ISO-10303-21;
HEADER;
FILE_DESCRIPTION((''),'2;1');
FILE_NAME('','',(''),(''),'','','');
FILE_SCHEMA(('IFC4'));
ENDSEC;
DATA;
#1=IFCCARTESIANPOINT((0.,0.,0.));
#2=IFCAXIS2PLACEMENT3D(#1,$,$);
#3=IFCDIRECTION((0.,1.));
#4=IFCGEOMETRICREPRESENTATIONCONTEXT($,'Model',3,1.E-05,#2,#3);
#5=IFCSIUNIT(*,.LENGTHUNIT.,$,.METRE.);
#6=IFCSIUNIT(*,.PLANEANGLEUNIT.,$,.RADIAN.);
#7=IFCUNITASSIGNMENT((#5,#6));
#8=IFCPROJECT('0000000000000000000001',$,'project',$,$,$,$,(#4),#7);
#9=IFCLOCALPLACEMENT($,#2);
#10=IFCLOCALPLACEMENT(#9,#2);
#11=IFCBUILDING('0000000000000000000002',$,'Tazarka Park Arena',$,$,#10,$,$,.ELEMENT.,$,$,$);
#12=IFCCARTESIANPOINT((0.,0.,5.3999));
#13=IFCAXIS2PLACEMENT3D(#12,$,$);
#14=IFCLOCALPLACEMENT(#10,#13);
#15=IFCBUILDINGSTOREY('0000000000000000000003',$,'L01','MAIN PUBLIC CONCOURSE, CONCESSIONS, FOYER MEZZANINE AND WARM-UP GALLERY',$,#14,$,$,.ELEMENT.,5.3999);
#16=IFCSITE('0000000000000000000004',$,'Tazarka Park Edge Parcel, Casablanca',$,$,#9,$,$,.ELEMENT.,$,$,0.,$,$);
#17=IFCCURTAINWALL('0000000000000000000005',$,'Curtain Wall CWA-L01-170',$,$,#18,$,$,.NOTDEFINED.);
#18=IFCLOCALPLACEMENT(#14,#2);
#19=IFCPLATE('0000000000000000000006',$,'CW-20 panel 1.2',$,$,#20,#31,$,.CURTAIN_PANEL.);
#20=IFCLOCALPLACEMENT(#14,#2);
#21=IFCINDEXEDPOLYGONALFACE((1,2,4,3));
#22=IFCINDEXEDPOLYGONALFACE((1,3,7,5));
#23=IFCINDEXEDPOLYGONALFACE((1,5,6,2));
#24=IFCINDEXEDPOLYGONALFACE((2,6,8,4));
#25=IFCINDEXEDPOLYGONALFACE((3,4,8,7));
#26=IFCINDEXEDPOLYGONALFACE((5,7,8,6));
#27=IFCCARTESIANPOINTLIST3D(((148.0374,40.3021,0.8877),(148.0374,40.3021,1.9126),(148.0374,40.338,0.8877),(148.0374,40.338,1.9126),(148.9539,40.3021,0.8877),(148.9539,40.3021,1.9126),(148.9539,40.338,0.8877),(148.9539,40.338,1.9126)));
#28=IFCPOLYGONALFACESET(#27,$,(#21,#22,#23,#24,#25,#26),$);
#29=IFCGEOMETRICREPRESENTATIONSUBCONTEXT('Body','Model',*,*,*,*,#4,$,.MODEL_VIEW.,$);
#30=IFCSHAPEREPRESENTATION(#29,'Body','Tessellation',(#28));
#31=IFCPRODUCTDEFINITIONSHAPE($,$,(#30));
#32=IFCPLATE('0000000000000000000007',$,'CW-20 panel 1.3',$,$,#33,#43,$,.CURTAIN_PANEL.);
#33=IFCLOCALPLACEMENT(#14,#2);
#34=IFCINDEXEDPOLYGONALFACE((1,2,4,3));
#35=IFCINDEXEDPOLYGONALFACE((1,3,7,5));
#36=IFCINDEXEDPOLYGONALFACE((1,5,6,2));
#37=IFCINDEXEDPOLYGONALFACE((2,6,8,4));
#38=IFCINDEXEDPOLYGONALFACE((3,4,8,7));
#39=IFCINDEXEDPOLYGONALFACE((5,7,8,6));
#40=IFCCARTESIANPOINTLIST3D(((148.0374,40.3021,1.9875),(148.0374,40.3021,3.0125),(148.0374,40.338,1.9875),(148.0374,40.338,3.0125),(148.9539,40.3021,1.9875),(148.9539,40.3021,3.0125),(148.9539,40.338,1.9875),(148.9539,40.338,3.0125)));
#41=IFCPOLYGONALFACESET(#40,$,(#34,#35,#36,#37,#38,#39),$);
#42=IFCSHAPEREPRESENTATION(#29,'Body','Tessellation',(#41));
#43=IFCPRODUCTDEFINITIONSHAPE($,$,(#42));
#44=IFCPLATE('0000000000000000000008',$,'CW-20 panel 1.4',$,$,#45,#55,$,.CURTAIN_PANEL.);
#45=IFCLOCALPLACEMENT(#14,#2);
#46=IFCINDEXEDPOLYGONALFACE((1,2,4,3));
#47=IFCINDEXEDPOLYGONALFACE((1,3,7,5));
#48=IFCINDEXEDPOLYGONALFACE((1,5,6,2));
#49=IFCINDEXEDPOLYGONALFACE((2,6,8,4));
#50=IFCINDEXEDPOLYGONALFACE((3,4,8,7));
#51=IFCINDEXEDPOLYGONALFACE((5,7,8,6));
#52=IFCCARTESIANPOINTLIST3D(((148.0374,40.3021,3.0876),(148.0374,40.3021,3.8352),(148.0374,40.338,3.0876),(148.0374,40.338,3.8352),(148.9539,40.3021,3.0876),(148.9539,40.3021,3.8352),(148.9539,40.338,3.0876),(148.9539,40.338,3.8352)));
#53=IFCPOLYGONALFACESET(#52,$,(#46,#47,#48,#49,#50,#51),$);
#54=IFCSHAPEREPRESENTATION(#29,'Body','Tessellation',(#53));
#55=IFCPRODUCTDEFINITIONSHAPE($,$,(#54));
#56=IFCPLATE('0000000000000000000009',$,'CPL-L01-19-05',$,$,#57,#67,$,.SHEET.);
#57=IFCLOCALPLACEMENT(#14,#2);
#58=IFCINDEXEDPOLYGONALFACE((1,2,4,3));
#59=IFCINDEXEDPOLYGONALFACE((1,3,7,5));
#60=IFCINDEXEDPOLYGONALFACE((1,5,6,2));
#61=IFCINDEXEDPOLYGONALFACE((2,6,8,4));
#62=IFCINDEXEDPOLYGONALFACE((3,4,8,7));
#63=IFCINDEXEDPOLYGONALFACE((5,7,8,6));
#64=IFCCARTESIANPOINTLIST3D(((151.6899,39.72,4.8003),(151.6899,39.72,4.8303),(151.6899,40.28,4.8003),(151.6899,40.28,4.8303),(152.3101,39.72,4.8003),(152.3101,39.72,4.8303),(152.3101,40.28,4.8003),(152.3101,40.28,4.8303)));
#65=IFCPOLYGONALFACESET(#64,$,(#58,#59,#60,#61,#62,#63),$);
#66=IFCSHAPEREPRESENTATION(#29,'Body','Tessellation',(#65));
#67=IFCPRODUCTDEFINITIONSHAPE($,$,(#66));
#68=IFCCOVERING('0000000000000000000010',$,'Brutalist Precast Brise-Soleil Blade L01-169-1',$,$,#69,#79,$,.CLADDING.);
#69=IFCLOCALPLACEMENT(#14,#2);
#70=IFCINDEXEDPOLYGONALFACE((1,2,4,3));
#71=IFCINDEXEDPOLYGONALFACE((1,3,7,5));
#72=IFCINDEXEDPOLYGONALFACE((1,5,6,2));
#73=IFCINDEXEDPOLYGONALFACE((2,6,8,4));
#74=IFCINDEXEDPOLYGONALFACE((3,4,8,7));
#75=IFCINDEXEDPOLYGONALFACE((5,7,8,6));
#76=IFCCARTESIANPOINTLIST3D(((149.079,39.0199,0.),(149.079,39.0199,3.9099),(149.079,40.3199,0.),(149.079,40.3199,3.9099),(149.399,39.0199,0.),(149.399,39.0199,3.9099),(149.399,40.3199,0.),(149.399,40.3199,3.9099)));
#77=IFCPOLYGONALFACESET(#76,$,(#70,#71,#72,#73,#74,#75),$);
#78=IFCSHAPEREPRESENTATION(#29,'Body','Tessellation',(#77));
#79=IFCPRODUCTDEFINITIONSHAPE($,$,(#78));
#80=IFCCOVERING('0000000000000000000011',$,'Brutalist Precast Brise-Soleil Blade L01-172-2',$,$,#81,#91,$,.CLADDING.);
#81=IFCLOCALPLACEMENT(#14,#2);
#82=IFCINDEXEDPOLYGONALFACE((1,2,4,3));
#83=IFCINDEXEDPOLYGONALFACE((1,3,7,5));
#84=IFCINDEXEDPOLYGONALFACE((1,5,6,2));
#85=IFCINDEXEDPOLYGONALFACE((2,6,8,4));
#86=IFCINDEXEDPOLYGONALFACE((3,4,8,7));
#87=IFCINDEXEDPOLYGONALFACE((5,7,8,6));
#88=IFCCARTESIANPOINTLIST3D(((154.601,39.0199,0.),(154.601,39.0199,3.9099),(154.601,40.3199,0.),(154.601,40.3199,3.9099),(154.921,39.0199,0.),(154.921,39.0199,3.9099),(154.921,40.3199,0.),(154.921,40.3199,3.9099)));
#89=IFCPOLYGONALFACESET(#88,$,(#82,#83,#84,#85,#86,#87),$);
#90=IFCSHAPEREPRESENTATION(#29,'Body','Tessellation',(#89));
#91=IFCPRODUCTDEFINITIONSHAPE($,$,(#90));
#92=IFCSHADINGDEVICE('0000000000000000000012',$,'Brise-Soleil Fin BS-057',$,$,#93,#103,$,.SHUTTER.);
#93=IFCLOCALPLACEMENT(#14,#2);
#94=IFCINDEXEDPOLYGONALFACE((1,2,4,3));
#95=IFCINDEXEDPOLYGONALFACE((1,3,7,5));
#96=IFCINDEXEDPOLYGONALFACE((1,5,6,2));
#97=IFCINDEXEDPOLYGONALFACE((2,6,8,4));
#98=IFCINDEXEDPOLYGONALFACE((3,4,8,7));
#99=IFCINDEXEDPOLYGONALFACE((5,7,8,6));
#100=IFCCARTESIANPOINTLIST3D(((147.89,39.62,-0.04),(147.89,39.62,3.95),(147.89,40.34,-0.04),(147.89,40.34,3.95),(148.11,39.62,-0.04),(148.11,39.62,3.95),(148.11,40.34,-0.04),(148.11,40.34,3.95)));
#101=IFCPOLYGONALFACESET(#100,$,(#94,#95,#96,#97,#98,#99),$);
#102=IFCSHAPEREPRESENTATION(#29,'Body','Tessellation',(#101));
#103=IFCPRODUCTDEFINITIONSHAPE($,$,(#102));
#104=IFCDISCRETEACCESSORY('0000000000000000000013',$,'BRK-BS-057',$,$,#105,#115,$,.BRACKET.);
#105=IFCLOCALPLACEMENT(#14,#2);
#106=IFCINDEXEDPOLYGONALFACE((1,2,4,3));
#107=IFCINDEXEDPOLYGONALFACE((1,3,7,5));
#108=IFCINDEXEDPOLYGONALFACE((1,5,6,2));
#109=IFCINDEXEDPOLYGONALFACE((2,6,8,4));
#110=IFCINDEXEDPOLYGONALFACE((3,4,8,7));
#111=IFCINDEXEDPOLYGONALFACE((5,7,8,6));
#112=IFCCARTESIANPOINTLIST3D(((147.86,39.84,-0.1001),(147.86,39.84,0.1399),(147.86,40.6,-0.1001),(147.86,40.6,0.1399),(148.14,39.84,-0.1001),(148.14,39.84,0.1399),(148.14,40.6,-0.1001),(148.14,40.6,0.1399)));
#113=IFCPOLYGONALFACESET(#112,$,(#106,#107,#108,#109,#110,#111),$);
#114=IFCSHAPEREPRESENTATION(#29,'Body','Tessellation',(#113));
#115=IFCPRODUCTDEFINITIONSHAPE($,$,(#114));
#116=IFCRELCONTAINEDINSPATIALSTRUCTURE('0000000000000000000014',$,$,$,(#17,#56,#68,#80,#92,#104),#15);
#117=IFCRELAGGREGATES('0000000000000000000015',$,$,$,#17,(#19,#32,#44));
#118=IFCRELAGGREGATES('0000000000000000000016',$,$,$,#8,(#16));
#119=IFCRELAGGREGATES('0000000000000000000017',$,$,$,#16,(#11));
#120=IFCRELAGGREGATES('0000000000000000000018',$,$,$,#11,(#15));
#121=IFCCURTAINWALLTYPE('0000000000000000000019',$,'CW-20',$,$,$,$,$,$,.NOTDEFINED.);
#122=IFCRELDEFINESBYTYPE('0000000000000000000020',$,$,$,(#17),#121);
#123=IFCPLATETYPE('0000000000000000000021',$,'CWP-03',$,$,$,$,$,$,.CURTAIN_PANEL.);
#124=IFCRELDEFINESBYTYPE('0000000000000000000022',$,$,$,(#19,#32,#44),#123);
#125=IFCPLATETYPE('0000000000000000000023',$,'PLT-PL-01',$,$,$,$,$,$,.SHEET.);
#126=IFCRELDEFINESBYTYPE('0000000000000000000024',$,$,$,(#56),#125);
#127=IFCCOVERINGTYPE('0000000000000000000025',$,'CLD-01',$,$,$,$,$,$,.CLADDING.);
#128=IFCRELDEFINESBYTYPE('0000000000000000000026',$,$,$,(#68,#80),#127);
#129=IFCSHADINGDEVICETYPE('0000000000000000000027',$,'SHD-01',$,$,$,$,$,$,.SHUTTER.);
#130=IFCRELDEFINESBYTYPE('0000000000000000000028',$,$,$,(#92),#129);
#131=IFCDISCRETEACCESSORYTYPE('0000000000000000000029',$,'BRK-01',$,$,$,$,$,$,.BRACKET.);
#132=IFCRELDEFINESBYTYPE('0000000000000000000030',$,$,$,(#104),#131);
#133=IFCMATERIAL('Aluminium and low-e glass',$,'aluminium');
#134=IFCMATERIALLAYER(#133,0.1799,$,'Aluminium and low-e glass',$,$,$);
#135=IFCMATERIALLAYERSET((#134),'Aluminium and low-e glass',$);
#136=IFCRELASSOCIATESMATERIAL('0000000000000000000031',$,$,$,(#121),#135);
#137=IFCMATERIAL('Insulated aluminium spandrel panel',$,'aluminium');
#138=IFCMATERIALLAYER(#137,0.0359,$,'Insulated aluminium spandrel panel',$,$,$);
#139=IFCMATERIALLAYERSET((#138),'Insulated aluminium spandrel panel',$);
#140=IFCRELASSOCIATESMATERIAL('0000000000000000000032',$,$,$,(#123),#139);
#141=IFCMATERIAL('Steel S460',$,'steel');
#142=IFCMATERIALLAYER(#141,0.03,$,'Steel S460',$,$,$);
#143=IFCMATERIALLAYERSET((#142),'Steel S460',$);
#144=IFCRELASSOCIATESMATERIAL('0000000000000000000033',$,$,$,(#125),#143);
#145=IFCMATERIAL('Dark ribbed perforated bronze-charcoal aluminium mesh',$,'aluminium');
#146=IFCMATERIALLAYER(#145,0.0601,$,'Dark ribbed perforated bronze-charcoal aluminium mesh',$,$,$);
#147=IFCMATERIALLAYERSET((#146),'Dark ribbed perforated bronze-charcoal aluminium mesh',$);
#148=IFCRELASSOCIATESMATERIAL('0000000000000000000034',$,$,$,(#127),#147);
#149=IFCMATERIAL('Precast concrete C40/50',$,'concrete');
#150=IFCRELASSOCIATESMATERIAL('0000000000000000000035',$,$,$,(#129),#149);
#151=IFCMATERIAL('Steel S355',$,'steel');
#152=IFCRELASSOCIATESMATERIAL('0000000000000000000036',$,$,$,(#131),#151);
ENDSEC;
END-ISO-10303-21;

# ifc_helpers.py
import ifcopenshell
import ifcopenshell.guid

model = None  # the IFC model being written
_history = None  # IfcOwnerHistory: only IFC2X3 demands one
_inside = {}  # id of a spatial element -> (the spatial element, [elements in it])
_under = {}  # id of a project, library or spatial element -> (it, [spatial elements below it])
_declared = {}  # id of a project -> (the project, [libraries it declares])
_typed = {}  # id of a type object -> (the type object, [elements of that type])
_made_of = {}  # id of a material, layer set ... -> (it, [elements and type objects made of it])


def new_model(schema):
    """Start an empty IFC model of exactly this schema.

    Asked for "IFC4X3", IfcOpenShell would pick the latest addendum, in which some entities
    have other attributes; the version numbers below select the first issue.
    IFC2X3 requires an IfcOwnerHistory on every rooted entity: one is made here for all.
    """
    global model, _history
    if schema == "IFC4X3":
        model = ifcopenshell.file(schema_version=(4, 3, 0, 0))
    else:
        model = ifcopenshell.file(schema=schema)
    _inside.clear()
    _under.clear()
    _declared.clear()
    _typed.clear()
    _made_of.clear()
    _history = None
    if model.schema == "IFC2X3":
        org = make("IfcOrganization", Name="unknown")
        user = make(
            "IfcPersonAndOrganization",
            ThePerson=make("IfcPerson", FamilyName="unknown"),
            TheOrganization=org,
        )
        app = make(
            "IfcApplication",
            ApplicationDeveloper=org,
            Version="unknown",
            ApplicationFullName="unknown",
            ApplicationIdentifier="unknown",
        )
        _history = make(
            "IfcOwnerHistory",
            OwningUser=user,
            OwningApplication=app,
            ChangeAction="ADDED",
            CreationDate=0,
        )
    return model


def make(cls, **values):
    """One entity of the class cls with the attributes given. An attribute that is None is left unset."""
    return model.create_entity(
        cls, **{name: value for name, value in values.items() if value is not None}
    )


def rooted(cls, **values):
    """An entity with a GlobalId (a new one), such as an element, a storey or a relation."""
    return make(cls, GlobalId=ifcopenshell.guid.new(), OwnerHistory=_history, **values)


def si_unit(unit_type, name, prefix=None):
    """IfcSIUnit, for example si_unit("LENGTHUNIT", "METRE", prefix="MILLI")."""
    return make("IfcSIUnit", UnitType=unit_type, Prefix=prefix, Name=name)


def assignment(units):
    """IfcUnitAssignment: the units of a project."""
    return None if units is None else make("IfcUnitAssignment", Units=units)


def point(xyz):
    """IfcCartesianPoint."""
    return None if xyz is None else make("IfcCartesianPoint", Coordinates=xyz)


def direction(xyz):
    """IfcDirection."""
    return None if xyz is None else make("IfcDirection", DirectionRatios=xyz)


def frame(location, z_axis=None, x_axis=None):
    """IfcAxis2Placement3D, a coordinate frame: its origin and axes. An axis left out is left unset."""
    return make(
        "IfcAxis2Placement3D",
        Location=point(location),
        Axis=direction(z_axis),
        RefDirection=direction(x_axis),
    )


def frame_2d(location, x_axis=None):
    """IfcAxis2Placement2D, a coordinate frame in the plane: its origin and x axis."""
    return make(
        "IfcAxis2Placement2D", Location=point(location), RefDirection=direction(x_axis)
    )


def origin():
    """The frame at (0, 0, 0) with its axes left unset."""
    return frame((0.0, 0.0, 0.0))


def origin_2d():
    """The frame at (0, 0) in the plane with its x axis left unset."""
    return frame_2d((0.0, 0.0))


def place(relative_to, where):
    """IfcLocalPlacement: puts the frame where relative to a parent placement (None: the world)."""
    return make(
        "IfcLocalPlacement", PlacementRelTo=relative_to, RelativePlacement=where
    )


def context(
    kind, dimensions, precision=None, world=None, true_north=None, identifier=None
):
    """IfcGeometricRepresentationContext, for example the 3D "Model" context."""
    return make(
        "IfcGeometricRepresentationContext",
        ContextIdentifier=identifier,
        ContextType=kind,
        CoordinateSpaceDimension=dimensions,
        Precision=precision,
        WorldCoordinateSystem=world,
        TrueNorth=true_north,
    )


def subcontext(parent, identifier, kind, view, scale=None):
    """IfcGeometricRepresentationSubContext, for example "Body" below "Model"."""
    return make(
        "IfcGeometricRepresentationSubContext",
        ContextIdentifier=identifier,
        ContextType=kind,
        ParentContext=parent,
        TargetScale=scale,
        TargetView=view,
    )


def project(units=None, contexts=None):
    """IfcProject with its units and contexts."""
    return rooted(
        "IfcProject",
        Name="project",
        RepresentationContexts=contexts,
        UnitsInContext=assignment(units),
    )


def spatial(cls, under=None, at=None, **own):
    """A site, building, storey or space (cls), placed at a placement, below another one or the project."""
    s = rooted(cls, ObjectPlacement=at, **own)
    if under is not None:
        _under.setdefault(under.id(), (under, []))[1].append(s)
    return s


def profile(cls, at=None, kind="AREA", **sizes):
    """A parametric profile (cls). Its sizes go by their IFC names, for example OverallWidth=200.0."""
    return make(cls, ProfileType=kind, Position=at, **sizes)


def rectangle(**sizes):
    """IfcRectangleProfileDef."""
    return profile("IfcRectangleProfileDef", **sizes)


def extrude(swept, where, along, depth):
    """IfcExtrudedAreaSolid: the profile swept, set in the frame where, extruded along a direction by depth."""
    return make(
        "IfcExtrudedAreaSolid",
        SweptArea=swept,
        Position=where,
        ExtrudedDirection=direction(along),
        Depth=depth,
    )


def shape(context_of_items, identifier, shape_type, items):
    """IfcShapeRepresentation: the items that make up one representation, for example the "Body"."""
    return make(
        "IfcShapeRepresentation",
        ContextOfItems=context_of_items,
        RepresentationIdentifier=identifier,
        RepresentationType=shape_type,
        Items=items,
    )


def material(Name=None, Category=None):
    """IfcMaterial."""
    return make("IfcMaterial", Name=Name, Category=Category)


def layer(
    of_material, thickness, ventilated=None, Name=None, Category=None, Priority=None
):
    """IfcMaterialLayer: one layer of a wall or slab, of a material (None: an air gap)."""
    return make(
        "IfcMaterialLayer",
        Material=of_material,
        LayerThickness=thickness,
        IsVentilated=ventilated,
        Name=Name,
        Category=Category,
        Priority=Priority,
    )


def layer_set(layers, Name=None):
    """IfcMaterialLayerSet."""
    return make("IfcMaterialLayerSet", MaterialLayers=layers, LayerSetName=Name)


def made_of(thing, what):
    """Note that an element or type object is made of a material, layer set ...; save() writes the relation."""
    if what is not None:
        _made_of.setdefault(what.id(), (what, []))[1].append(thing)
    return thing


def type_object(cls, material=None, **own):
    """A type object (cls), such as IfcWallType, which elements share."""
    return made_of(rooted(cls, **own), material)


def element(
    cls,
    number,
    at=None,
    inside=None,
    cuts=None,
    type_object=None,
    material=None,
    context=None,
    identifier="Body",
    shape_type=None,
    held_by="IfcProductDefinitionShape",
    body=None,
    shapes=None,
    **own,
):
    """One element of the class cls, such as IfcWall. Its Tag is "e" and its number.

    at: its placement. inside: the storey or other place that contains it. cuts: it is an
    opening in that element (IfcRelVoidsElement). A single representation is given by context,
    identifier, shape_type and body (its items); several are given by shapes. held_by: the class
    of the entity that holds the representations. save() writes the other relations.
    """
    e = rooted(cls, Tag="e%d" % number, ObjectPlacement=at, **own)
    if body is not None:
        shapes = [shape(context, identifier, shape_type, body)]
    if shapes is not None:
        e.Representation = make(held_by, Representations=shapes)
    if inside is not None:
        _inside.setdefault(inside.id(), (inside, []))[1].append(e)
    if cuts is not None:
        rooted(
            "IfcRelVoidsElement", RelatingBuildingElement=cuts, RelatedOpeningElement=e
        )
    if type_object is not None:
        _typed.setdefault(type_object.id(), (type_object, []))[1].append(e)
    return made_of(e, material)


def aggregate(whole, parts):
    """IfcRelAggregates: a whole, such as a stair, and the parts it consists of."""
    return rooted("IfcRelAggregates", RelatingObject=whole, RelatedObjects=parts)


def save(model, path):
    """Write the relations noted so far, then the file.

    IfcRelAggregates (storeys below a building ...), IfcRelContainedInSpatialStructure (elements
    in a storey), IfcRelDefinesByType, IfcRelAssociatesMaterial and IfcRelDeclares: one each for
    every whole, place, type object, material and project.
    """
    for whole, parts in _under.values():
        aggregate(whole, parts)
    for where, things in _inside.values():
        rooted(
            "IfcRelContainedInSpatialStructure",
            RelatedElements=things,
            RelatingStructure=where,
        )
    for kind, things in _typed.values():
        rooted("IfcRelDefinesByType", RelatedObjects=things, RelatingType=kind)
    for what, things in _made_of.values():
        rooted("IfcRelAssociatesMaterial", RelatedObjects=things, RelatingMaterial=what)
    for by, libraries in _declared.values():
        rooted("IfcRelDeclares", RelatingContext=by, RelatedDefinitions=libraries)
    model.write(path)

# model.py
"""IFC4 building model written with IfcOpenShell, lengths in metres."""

from ifc_helpers import new_model, si_unit, direction, frame, origin, origin_2d, place, context, subcontext, project, spatial, rectangle, extrude, material, layer, layer_set, type_object, element, aggregate, save


model = new_model("IFC4")

# Units and contexts
model_context = context("Model", 3, precision=1e-05, world=origin(), true_north=direction((0.0, 1.0)))
body_context = subcontext(model_context, "Body", "Model", "MODEL_VIEW")
ifc_project = project(units=[si_unit("LENGTHUNIT", "METRE"), si_unit("PLANEANGLEUNIT", "RADIAN")], contexts=[model_context])

# Site, building, storey
site_placement = place(None, origin())
site = spatial("IfcSite", under=ifc_project, at=site_placement, Name="Tazarka Park Edge Parcel, Casablanca", CompositionType="ELEMENT", RefElevation=0.0)
building_placement = place(site_placement, origin())
building = spatial("IfcBuilding", under=site, at=building_placement, Name="Tazarka Park Arena", CompositionType="ELEMENT")
storey_placement = place(building_placement, frame((0.0, 0.0, 5.3999)))
storey = spatial("IfcBuildingStorey", under=building, at=storey_placement, Name="L01", Description="MAIN PUBLIC CONCOURSE, CONCESSIONS, FOYER MEZZANINE AND WARM-UP GALLERY", CompositionType="ELEMENT", Elevation=5.3999)

# Curtain wall
ifc_material_1 = material(Name="Aluminium and low-e glass", Category="aluminium")
ifc_layer_1 = layer(ifc_material_1, 0.1799, Name="Aluminium and low-e glass")
ifc_layer_set_1 = layer_set([ifc_layer_1], Name="Aluminium and low-e glass")
curtain_wall_type_1 = type_object("IfcCurtainWallType", Name="CW-20", PredefinedType="NOTDEFINED", material=ifc_layer_set_1)
curtain_wall_1_placement = place(storey_placement, origin())
curtain_wall_1 = element("IfcCurtainWall", 1, at=curtain_wall_1_placement, inside=storey, type_object=curtain_wall_type_1, Name="Curtain Wall CWA-L01-170", PredefinedType="NOTDEFINED")

# Plates
ifc_material_2 = material(Name="Insulated aluminium spandrel panel", Category="aluminium")
ifc_layer_2 = layer(ifc_material_2, 0.0359, Name="Insulated aluminium spandrel panel")
ifc_layer_set_2 = layer_set([ifc_layer_2], Name="Insulated aluminium spandrel panel")
plate_type_1 = type_object("IfcPlateType", Name="CWP-03", PredefinedType="CURTAIN_PANEL", material=ifc_layer_set_2)
plate_1_placement = place(storey_placement, frame((148.4956, 40.3201, 0.8877), z_axis=(0.0, 0.0, 1.0), x_axis=(-1.0, 0.0, 0.0)))
plate_1 = element("IfcPlate", 2, at=plate_1_placement, type_object=plate_type_1, Name="CW-20 panel 1.2", PredefinedType="CURTAIN_PANEL", context=body_context, shape_type="SweptSolid", body=[
    extrude(rectangle(XDim=0.9165, YDim=0.0359, at=origin_2d()), origin(), (0.0, 0.0, 1.0), 1.0249),
])
plate_2_placement = place(storey_placement, frame((148.4956, 40.3201, 1.9875), z_axis=(0.0, 0.0, 1.0), x_axis=(-1.0, 0.0, 0.0)))
plate_2 = element("IfcPlate", 3, at=plate_2_placement, type_object=plate_type_1, Name="CW-20 panel 1.3", PredefinedType="CURTAIN_PANEL", context=body_context, shape_type="SweptSolid", body=[
    extrude(rectangle(XDim=0.9165, YDim=0.0359, at=origin_2d()), origin(), (0.0, 0.0, 1.0), 1.0249),
])
plate_3_placement = place(storey_placement, frame((148.4956, 40.3201, 3.0876), z_axis=(0.0, 0.0, 1.0), x_axis=(-1.0, 0.0, 0.0)))
plate_3 = element("IfcPlate", 4, at=plate_3_placement, type_object=plate_type_1, Name="CW-20 panel 1.4", PredefinedType="CURTAIN_PANEL", context=body_context, shape_type="SweptSolid", body=[
    extrude(rectangle(XDim=0.9165, YDim=0.0359, at=origin_2d()), origin(), (0.0, 0.0, 1.0), 0.7476),
])
aggregate(curtain_wall_1, [plate_1, plate_2, plate_3])
ifc_material_3 = material(Name="Steel S460", Category="steel")
ifc_layer_3 = layer(ifc_material_3, 0.03, Name="Steel S460")
ifc_layer_set_3 = layer_set([ifc_layer_3], Name="Steel S460")
plate_type_2 = type_object("IfcPlateType", Name="PLT-PL-01", PredefinedType="SHEET", material=ifc_layer_set_3)
plate_4_placement = place(storey_placement, frame((152.0, 40.0, 4.8003), z_axis=(0.0, 0.0, 1.0), x_axis=(1.0, 0.0, 0.0)))
element("IfcPlate", 5, at=plate_4_placement, inside=storey, type_object=plate_type_2, Name="CPL-L01-19-05", PredefinedType="SHEET", context=body_context, shape_type="SweptSolid", body=[
    extrude(rectangle(XDim=0.6201, YDim=0.5601, at=origin_2d()), origin(), (0.0, 0.0, 1.0), 0.03),
])

# Coverings
ifc_material_4 = material(Name="Dark ribbed perforated bronze-charcoal aluminium mesh", Category="aluminium")
ifc_layer_4 = layer(ifc_material_4, 0.0601, Name="Dark ribbed perforated bronze-charcoal aluminium mesh")
ifc_layer_set_4 = layer_set([ifc_layer_4], Name="Dark ribbed perforated bronze-charcoal aluminium mesh")
covering_type = type_object("IfcCoveringType", Name="CLD-01", PredefinedType="CLADDING", material=ifc_layer_set_4)
for number, where, z_axis, x_axis, name in (
    (6, (149.239, 39.6699, 0.0), (0.0, 0.0, 1.0), (-1.0, 0.0, 0.0), "Brutalist Precast Brise-Soleil Blade L01-169-1"),
    (7, (154.761, 39.6699, 0.0), (0.0, 0.0, 1.0), (-1.0, 0.0, 0.0), "Brutalist Precast Brise-Soleil Blade L01-172-2"),
):
    element("IfcCovering", number, at=place(storey_placement, frame(where, z_axis=z_axis, x_axis=x_axis)), inside=storey, type_object=covering_type, Name=name, PredefinedType="CLADDING", context=body_context, shape_type="SweptSolid", body=[
        extrude(rectangle(XDim=0.3201, YDim=1.3, at=origin_2d()), origin(), (0.0, 0.0, 1.0), 3.9099),
    ])

# Shading device
ifc_material_5 = material(Name="Precast concrete C40/50", Category="concrete")
shading_device_type = type_object("IfcShadingDeviceType", Name="SHD-01", PredefinedType="SHUTTER", material=ifc_material_5)
shading_device_placement = place(storey_placement, frame((148.0, 39.98, -0.04), z_axis=(0.0, 0.0, 1.0), x_axis=(-1.0, 0.0, 0.0)))
element("IfcShadingDevice", 8, at=shading_device_placement, inside=storey, type_object=shading_device_type, Name="Brise-Soleil Fin BS-057", PredefinedType="SHUTTER", context=body_context, shape_type="SweptSolid", body=[
    extrude(rectangle(XDim=0.22, YDim=0.72, at=origin_2d()), origin(), (0.0, 0.0, 1.0), 3.99),
])

# Discrete accessory
ifc_material_6 = material(Name="Steel S355", Category="steel")
discrete_accessory_type = type_object("IfcDiscreteAccessoryType", Name="BRK-01", PredefinedType="BRACKET", material=ifc_material_6)
discrete_accessory_placement = place(storey_placement, frame((148.0, 40.22, -0.1001), z_axis=(0.0, 0.0, 1.0), x_axis=(-1.0, 0.0, 0.0)))
element("IfcDiscreteAccessory", 9, at=discrete_accessory_placement, inside=storey, type_object=discrete_accessory_type, Name="BRK-BS-057", PredefinedType="BRACKET", context=body_context, shape_type="SweptSolid", body=[
    extrude(rectangle(XDim=0.28, YDim=0.76, at=origin_2d()), origin(), (0.0, 0.0, 1.0), 0.24),
])

save(model, "model.ifc")
